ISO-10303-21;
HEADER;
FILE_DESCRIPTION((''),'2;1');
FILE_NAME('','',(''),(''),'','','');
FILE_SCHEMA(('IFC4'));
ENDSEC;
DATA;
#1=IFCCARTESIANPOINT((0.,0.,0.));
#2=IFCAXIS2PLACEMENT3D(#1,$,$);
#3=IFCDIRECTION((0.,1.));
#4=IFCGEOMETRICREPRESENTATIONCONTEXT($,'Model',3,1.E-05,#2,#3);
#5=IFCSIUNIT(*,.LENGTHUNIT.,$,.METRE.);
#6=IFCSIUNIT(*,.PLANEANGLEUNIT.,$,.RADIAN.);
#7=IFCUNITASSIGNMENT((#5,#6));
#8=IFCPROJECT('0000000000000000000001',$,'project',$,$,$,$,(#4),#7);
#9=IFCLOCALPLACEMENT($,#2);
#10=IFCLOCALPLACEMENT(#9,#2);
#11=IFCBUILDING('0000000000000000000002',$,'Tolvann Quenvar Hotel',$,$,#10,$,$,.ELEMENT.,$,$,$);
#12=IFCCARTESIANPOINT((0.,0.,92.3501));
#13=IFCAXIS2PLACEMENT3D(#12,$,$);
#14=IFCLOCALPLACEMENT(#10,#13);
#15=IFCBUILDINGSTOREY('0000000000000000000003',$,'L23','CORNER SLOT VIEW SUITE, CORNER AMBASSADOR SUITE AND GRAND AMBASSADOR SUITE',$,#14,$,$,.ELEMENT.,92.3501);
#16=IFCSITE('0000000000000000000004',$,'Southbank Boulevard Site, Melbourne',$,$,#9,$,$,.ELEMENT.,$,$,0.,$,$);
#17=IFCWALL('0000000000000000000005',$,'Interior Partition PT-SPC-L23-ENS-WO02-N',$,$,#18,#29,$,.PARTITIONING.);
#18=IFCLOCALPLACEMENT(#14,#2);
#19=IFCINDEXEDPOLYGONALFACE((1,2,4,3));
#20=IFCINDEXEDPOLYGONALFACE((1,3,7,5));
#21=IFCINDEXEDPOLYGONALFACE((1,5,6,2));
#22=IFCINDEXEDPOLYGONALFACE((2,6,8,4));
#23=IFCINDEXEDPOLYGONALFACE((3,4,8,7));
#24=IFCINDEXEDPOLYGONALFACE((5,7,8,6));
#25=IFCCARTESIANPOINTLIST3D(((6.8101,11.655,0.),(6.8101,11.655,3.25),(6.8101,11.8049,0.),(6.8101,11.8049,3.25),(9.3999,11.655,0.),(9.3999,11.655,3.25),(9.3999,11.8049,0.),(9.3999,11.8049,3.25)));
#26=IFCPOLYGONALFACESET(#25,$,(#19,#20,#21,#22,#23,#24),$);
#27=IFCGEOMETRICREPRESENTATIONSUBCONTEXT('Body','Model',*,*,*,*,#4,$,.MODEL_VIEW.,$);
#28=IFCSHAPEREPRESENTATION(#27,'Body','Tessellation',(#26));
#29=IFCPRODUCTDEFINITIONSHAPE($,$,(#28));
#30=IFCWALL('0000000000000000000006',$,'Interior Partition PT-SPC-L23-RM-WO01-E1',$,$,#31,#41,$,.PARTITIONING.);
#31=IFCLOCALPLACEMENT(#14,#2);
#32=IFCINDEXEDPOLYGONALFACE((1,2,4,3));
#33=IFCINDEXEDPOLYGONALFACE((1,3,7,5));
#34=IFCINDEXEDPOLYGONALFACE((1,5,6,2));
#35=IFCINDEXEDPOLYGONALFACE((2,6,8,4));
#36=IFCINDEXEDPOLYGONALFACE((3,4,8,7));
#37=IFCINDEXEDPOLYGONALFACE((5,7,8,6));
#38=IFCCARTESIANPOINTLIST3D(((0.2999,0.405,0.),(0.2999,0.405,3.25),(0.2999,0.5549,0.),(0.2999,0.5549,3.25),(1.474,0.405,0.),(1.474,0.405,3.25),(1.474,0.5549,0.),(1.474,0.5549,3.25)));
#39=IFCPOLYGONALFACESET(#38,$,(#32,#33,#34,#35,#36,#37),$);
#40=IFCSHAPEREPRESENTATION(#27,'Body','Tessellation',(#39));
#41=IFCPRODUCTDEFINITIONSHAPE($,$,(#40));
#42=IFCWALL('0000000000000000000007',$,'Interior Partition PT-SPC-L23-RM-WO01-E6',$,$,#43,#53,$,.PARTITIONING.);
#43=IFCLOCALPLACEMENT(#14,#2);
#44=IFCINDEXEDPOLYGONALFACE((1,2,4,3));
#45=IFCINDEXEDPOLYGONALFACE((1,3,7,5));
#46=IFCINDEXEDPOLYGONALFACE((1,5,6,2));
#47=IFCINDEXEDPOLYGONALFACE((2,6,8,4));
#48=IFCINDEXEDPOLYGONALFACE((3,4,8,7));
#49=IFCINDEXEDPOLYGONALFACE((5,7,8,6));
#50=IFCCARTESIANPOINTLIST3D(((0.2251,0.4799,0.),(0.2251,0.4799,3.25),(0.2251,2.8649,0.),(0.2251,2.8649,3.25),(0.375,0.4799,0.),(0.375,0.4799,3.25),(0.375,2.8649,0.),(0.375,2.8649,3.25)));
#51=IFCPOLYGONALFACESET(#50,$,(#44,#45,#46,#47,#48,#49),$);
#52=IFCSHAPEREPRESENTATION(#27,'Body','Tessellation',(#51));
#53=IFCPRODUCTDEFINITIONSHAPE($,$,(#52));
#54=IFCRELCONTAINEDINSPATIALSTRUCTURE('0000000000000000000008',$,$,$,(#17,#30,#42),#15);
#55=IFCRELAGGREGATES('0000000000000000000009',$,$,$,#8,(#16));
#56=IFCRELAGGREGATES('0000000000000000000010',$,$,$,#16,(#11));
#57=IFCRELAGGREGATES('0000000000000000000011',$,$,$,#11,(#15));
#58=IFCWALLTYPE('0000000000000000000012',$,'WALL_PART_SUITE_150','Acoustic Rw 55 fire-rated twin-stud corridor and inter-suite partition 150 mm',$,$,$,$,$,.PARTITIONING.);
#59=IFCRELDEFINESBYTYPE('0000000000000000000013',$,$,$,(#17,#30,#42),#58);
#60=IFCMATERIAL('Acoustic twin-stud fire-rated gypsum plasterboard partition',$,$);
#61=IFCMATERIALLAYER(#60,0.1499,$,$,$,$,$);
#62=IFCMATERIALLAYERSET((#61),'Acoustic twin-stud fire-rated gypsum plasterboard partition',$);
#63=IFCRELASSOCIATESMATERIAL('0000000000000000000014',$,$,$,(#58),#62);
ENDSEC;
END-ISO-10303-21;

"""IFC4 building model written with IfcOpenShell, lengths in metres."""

from ifc_helpers import new_model, si_unit, direction, frame, frame_2d, origin, place, context, subcontext, project, spatial, rectangle, extrude, material, layer, layer_set, type_object, element, save


model = new_model("IFC4")

# Units and contexts
model_context = context("Model", 3, precision=1e-05, world=origin(), true_north=direction((0.0, 1.0)))
body_context = subcontext(model_context, "Body", "Model", "MODEL_VIEW")
ifc_project = project(units=[si_unit("LENGTHUNIT", "METRE"), si_unit("PLANEANGLEUNIT", "RADIAN")], contexts=[model_context])

# Site, building, storey
site_placement = place(None, origin())
site = spatial("IfcSite", under=ifc_project, at=site_placement, Name="Southbank Boulevard Site, Melbourne", CompositionType="ELEMENT", RefElevation=0.0)
building_placement = place(site_placement, origin())
building = spatial("IfcBuilding", under=site, at=building_placement, Name="Tolvann Quenvar Hotel", CompositionType="ELEMENT")
storey_placement = place(building_placement, frame((0.0, 0.0, 92.3501)))
storey = spatial("IfcBuildingStorey", under=building, at=storey_placement, Name="L23", Description="CORNER SLOT VIEW SUITE, CORNER AMBASSADOR SUITE AND GRAND AMBASSADOR SUITE", CompositionType="ELEMENT", Elevation=92.3501)

# Shared definitions
ifc_material_1 = material(Name="Acoustic twin-stud fire-rated gypsum plasterboard partition")
ifc_layer_1 = layer(ifc_material_1, 0.1499)
ifc_layer_set_1 = layer_set([ifc_layer_1], Name="Acoustic twin-stud fire-rated gypsum plasterboard partition")
wall_type_1 = type_object("IfcWallType", Name="WALL_PART_SUITE_150", Description="Acoustic Rw 55 fire-rated twin-stud corridor and inter-suite partition 150 mm", PredefinedType="PARTITIONING", material=ifc_layer_set_1)

# Walls
wall_1_placement = place(storey_placement, frame((6.8101, 11.73, 0.0), z_axis=(0.0, 0.0, 1.0), x_axis=(1.0, 0.0, 0.0)))
element("IfcWall", 1, at=wall_1_placement, inside=storey, type_object=wall_type_1, Name="Interior Partition PT-SPC-L23-ENS-WO02-N", PredefinedType="PARTITIONING", context=body_context, shape_type="SweptSolid", body=[
    extrude(rectangle(XDim=2.5898, YDim=0.1499, at=frame_2d((1.2949, 0.0))), origin(), (0.0, 0.0, 1.0), 3.25),
])
wall_2_placement = place(storey_placement, frame((0.3, 0.48, 0.0), z_axis=(0.0, 0.0, 1.0), x_axis=(1.0, 0.0, 0.0)))
element("IfcWall", 2, at=wall_2_placement, inside=storey, type_object=wall_type_1, Name="Interior Partition PT-SPC-L23-RM-WO01-E1", PredefinedType="PARTITIONING", context=body_context, shape_type="SweptSolid", body=[
    extrude(rectangle(XDim=1.1741, YDim=0.1499, at=frame_2d((0.5869, 0.0))), origin(), (0.0, 0.0, 1.0), 3.25),
])
wall_3_placement = place(storey_placement, frame((0.3, 0.48, 0.0), z_axis=(0.0, 0.0, 1.0), x_axis=(0.0, 1.0, 0.0)))
element("IfcWall", 3, at=wall_3_placement, inside=storey, type_object=wall_type_1, Name="Interior Partition PT-SPC-L23-RM-WO01-E6", PredefinedType="PARTITIONING", context=body_context, shape_type="SweptSolid", body=[
    extrude(rectangle(XDim=2.385, YDim=0.1499, at=frame_2d((1.1924, 0.0))), origin(), (0.0, 0.0, 1.0), 3.25),
])

save(model, "model.ifc")
